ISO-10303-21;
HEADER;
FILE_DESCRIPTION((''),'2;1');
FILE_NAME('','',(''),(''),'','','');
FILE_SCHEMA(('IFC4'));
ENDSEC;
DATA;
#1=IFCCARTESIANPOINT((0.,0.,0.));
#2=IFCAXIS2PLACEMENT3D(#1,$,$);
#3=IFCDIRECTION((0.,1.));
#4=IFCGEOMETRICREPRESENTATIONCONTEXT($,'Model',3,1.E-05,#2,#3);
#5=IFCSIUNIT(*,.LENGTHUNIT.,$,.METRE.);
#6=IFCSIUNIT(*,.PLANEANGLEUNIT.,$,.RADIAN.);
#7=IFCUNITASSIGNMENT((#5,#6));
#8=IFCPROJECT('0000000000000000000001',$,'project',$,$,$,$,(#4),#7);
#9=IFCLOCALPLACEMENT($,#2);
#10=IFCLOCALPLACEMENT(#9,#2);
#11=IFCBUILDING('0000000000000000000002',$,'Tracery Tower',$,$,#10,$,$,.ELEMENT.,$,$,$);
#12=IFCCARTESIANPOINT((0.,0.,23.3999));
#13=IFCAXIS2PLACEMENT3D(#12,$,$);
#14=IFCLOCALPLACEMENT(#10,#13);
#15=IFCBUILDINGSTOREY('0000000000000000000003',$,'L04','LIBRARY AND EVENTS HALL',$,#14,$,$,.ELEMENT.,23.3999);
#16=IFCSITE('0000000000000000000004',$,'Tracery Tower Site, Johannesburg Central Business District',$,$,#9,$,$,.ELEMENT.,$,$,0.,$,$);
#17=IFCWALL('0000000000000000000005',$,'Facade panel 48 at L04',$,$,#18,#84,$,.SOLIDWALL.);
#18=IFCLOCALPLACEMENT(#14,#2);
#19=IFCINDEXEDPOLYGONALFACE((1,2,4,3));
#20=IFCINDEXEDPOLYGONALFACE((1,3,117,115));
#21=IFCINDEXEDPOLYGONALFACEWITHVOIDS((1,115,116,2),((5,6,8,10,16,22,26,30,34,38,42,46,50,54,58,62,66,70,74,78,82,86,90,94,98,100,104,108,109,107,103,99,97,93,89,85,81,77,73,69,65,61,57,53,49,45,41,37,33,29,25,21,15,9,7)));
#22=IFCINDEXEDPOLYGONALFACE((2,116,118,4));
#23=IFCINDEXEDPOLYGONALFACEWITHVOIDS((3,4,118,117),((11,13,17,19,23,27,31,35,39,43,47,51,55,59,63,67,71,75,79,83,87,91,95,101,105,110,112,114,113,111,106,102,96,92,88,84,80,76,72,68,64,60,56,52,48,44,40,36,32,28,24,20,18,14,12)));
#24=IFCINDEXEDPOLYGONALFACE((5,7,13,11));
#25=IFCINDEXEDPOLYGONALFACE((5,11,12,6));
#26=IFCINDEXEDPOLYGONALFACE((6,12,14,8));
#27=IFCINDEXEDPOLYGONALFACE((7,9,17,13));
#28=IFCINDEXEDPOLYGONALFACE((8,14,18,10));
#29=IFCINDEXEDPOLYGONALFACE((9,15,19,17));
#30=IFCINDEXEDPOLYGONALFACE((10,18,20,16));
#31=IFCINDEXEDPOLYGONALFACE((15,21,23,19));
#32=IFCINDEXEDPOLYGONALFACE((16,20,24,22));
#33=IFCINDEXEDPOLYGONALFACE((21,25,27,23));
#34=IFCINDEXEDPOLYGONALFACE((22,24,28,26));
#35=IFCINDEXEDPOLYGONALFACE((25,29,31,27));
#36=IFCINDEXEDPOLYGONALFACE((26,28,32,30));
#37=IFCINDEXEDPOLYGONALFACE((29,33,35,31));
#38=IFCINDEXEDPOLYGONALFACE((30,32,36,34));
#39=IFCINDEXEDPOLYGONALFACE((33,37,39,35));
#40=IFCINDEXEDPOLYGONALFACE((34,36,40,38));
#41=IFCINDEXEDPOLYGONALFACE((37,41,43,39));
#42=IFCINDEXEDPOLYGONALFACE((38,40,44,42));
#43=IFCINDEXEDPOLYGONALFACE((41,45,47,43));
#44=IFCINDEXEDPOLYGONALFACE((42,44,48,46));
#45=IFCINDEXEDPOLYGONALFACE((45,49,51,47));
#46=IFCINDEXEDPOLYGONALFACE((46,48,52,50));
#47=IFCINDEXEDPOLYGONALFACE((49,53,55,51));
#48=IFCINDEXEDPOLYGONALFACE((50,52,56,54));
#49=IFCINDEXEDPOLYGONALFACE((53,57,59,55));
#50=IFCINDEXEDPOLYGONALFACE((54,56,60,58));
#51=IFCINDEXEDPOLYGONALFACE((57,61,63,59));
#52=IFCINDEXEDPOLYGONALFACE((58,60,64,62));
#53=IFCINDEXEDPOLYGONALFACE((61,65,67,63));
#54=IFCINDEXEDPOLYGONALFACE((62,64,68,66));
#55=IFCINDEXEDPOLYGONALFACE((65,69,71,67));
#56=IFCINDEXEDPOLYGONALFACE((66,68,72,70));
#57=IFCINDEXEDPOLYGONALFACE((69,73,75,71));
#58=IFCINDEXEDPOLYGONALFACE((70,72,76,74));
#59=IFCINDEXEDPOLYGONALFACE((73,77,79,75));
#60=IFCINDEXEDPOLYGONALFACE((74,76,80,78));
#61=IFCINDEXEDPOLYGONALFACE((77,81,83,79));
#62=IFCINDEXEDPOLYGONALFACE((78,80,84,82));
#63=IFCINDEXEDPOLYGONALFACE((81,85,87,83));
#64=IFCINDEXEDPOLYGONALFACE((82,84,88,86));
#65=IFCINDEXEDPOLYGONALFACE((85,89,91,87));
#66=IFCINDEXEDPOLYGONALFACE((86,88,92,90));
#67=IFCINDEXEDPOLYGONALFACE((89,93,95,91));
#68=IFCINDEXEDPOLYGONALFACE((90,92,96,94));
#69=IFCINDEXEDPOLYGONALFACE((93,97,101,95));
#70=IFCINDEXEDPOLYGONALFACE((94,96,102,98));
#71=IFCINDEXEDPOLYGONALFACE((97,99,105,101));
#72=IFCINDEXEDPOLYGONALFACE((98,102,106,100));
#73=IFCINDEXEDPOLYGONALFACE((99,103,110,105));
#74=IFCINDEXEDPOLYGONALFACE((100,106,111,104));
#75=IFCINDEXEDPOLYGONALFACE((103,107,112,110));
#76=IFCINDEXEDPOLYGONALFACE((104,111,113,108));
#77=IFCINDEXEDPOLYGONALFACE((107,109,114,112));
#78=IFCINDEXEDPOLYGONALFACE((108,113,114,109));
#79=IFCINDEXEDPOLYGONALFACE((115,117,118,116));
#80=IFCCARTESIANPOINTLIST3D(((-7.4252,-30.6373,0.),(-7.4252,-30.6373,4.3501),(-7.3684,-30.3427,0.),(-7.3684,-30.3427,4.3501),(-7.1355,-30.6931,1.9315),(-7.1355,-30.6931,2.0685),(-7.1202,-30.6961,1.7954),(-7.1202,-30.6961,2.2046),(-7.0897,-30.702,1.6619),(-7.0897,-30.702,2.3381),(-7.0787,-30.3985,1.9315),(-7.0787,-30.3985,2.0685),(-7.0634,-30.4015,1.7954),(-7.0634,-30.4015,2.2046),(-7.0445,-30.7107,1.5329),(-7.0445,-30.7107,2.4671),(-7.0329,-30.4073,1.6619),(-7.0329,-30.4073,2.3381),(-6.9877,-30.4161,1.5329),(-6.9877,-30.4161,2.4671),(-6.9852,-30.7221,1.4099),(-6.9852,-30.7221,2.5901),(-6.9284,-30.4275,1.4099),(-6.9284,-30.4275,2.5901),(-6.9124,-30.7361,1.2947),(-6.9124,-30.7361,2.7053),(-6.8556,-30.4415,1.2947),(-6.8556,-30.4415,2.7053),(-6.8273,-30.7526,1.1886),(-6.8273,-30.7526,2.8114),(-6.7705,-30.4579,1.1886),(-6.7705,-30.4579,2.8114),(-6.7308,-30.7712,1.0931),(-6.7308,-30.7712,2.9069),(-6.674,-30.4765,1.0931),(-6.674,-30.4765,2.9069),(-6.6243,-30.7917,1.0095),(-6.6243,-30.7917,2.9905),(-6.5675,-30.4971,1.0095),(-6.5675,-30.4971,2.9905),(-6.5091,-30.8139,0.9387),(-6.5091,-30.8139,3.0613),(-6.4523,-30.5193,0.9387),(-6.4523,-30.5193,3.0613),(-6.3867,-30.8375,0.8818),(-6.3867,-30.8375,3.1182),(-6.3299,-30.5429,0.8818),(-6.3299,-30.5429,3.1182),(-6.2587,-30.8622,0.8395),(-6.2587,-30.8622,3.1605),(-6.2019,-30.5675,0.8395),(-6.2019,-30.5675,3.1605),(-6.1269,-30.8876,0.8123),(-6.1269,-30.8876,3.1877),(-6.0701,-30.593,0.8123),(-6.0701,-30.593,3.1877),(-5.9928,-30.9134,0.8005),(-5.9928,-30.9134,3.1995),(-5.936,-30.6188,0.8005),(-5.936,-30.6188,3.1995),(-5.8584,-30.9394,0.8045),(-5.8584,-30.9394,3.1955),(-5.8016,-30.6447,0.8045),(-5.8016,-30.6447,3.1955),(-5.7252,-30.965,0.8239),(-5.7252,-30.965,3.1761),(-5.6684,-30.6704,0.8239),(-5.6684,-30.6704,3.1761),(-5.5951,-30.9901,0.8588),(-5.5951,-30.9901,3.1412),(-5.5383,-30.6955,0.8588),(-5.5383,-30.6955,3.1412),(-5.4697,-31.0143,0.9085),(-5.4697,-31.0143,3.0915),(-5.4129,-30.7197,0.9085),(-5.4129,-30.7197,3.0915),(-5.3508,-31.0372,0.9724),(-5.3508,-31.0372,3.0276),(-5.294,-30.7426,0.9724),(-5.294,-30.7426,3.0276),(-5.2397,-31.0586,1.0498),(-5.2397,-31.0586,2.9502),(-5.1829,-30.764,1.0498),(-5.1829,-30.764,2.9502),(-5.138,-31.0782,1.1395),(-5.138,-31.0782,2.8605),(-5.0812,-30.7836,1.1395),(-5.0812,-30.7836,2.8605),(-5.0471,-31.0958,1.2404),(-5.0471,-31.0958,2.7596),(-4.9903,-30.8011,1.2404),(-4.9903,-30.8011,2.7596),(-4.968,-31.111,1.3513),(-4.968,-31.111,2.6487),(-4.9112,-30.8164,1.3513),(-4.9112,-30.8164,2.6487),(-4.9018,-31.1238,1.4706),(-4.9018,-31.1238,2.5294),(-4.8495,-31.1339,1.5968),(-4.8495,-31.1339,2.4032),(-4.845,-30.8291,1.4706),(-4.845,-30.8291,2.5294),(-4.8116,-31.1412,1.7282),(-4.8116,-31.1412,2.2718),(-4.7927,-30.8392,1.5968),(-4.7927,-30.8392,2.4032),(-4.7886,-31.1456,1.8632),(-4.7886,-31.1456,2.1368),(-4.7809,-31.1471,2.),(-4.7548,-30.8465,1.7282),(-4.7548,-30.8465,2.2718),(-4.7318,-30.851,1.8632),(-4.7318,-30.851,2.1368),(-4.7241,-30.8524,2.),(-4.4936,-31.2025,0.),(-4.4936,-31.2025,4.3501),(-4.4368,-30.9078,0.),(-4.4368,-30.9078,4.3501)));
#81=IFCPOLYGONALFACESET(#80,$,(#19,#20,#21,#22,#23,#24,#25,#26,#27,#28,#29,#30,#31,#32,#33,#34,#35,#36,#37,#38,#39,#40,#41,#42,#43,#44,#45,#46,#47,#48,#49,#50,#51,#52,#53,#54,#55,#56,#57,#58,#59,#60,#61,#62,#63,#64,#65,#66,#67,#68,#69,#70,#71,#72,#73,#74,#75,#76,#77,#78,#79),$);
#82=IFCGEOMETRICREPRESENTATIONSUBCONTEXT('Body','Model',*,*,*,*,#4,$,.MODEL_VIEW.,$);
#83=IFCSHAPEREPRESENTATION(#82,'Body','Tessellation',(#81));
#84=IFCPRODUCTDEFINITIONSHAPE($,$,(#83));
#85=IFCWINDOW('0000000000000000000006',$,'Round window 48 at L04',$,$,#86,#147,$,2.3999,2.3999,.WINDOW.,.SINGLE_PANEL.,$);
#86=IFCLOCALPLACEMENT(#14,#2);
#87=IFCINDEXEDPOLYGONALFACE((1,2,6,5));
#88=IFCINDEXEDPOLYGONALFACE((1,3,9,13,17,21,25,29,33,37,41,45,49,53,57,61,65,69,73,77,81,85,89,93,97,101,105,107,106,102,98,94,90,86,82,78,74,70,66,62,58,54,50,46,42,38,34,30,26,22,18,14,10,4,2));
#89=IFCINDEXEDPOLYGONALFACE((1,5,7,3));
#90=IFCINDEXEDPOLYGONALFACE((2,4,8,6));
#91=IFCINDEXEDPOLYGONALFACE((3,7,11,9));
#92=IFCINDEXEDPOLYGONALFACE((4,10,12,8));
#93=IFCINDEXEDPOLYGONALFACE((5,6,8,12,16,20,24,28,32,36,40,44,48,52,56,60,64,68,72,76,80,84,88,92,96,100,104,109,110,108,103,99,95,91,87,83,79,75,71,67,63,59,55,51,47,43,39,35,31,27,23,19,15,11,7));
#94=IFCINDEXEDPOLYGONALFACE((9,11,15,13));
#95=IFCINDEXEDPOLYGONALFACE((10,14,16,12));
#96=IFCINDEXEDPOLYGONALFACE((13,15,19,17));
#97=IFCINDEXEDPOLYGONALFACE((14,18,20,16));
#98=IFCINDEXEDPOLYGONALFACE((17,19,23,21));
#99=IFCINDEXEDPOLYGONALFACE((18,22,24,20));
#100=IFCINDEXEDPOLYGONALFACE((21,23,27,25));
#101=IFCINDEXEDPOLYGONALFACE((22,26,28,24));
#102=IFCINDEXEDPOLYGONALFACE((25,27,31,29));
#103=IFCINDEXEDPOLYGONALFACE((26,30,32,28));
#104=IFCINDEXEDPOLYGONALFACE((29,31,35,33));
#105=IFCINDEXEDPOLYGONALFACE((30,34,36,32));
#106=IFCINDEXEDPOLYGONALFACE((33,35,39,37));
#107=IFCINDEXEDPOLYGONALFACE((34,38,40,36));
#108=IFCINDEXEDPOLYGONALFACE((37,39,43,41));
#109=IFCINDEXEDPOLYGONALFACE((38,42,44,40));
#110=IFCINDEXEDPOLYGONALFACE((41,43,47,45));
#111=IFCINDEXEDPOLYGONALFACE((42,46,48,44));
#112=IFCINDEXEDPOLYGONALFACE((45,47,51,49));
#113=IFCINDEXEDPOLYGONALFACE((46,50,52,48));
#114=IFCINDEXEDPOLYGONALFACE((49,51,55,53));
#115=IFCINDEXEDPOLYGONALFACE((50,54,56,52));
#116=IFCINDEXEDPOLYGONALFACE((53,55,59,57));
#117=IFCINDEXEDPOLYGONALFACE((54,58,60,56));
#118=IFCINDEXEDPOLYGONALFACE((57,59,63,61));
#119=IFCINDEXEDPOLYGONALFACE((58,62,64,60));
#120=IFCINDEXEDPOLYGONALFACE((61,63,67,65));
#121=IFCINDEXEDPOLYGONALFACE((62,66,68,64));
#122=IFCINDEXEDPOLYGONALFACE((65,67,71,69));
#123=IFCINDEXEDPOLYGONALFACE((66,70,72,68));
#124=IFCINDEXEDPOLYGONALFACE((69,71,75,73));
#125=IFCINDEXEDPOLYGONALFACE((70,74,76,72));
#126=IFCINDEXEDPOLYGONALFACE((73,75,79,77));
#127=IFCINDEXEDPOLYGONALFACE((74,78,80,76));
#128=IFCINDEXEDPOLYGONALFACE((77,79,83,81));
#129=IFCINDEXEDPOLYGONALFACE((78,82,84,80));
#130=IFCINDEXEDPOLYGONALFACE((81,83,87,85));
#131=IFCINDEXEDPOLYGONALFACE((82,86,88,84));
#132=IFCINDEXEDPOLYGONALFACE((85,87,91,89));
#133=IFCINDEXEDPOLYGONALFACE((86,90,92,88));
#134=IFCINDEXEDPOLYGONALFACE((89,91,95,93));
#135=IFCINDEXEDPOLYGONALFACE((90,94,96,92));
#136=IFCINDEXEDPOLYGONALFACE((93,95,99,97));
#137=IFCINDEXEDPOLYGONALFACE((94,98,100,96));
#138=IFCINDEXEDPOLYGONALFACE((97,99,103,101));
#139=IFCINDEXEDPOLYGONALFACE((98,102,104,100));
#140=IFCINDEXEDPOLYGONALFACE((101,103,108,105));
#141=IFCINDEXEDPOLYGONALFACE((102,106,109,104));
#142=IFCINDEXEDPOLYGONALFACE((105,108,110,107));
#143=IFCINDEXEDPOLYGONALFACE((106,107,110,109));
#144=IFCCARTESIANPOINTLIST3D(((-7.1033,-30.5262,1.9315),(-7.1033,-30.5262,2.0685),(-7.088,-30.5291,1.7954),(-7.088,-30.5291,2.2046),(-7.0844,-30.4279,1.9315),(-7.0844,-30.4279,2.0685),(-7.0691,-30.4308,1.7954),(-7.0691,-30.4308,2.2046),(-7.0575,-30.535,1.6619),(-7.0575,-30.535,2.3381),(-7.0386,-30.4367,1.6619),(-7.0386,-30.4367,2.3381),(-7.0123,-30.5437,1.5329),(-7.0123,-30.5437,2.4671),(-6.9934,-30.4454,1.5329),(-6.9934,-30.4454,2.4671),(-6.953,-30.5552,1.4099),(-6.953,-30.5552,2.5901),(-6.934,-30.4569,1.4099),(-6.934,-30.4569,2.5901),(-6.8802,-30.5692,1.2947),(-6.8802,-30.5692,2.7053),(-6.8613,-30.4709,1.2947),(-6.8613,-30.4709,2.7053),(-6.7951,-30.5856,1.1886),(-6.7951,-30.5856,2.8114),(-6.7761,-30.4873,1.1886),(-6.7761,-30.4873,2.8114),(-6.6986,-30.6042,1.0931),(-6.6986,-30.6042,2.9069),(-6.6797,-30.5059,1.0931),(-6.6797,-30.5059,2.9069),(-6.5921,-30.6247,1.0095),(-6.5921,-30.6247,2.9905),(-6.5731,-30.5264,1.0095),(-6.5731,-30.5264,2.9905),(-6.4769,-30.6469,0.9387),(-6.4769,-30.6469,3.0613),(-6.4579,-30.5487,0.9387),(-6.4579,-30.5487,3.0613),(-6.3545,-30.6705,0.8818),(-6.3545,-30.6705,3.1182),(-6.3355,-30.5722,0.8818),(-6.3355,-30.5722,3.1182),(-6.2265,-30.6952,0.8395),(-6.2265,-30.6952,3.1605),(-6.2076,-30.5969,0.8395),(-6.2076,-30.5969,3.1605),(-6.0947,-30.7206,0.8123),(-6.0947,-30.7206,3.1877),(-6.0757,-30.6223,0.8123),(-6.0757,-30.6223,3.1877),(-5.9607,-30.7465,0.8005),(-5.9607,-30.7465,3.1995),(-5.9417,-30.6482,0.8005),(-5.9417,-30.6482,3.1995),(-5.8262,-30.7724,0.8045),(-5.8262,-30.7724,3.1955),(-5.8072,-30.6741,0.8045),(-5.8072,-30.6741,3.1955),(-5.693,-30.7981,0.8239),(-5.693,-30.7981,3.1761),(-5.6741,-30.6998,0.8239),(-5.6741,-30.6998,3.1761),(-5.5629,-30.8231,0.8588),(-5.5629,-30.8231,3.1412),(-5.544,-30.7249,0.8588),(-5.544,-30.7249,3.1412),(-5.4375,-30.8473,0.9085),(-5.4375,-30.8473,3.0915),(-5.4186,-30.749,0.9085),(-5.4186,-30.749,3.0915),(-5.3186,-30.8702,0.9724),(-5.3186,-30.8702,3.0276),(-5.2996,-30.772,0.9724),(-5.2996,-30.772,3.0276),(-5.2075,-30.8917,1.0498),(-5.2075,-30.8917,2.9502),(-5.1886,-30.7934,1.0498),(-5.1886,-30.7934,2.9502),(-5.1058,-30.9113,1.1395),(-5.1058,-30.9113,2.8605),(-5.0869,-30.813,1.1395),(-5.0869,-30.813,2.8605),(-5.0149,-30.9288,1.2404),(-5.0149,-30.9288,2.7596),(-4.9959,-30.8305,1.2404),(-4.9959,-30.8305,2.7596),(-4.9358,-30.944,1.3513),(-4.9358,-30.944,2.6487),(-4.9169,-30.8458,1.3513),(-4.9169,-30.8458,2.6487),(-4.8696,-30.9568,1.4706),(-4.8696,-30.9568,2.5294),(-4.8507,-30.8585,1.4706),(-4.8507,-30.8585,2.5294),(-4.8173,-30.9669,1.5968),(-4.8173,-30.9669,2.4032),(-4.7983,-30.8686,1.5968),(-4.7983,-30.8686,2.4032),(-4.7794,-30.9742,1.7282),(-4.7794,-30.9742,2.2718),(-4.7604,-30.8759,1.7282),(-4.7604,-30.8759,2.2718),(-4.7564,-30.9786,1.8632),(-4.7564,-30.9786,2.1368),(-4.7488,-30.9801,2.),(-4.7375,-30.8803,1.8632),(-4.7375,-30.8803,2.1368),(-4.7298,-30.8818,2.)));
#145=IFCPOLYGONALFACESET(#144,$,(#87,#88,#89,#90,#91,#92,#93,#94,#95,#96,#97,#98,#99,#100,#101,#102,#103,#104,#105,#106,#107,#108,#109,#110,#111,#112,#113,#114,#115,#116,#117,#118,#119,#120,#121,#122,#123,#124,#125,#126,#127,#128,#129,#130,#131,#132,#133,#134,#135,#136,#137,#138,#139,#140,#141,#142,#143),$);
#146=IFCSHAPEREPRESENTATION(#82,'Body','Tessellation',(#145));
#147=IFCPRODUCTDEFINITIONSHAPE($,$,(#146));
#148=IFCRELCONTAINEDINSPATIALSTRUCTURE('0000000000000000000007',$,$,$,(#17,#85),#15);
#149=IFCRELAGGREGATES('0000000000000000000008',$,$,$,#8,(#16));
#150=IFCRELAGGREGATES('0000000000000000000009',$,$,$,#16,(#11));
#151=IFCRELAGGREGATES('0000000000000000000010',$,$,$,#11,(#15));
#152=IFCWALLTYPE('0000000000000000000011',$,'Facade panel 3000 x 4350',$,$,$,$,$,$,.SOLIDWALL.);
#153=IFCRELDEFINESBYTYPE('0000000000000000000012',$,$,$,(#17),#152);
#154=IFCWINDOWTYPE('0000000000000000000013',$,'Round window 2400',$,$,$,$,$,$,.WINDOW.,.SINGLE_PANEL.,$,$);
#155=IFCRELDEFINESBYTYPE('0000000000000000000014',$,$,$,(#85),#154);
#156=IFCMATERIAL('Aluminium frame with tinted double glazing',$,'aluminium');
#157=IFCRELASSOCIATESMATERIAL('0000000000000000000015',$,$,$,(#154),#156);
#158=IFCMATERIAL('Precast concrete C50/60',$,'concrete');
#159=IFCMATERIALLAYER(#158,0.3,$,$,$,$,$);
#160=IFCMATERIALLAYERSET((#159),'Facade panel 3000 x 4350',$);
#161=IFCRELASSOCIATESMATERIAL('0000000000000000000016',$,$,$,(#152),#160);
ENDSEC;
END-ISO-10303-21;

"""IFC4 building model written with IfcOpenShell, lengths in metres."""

from ifc_helpers import new_model, si_unit, direction, frame, frame_2d, origin, origin_2d, place, context, subcontext, project, spatial, rectangle, circle, extrude, material, layer, layer_set, type_object, element, fill, save


model = new_model("IFC4")

# Units and contexts
model_context = context("Model", 3, precision=1e-05, world=origin(), true_north=direction((0.0, 1.0)))
body_context = subcontext(model_context, "Body", "Model", "MODEL_VIEW")
ifc_project = project(units=[si_unit("LENGTHUNIT", "METRE"), si_unit("PLANEANGLEUNIT", "RADIAN")], contexts=[model_context])

# Site, building, storey
site_placement = place(None, origin())
site = spatial("IfcSite", under=ifc_project, at=site_placement, Name="Tracery Tower Site, Johannesburg Central Business District", CompositionType="ELEMENT", RefElevation=0.0)
building_placement = place(site_placement, origin())
building = spatial("IfcBuilding", under=site, at=building_placement, Name="Tracery Tower", CompositionType="ELEMENT")
storey_placement = place(building_placement, frame((0.0, 0.0, 23.3999)))
storey = spatial("IfcBuildingStorey", under=building, at=storey_placement, Name="L04", Description="LIBRARY AND EVENTS HALL", CompositionType="ELEMENT", Elevation=23.3999)

# Wall, opening, window
ifc_material_1 = material(Name="Aluminium frame with tinted double glazing", Category="aluminium")
window_type = type_object("IfcWindowType", Name="Round window 2400", PartitioningType="SINGLE_PANEL", PredefinedType="WINDOW", material=ifc_material_1)
ifc_material_2 = material(Name="Precast concrete C50/60", Category="concrete")
ifc_layer_1 = layer(ifc_material_2, 0.3)
ifc_layer_set_1 = layer_set([ifc_layer_1], Name="Facade panel 3000 x 4350")
wall_type_1 = type_object("IfcWallType", Name="Facade panel 3000 x 4350", PredefinedType="SOLIDWALL", material=ifc_layer_set_1)
wall_1_placement = place(storey_placement, frame((-7.3967, -30.49, 0.0), z_axis=(0.0, 0.0, 1.0), x_axis=(0.981919, -0.189302, 0.0)))
wall_1 = element("IfcWall", 1, at=wall_1_placement, inside=storey, type_object=wall_type_1, Name="Facade panel 48 at L04", PredefinedType="SOLIDWALL", context=body_context, shape_type="SweptSolid", body=[
    extrude(rectangle(XDim=2.9856, YDim=0.3, at=frame_2d((1.4927, 0.0))), origin(), (0.0, 0.0, 1.0), 4.3501),
])
opening_1_placement = place(wall_1_placement, frame((1.4929, 0.0, 2.0)))
opening_1 = element("IfcOpeningElement", 2, at=opening_1_placement, cuts=wall_1, PredefinedType="OPENING", context=body_context, shape_type="SweptSolid", body=[
    extrude(circle(Radius=1.2, at=origin_2d()), frame((0.0, 0.1599, 0.0), z_axis=(0.0, -1.0, 0.0), x_axis=(1.0, 0.0, 0.0)), (0.0, 0.0, 1.0), 0.3201),
])
window_1_placement = place(opening_1_placement, origin())
window_1 = element("IfcWindow", 3, at=window_1_placement, inside=storey, type_object=window_type, Name="Round window 48 at L04", OverallHeight=2.3999, OverallWidth=2.3999, PartitioningType="SINGLE_PANEL", PredefinedType="WINDOW", context=body_context, shape_type="SweptSolid", body=[
    extrude(circle(Radius=1.2, at=origin_2d()), frame((0.0, 0.1201, 0.0), z_axis=(0.0, -1.0, 0.0), x_axis=(1.0, 0.0, 0.0)), (0.0, 0.0, 1.0), 0.1001),
])
fill(opening_1, window_1)

save(model, "model.ifc")
